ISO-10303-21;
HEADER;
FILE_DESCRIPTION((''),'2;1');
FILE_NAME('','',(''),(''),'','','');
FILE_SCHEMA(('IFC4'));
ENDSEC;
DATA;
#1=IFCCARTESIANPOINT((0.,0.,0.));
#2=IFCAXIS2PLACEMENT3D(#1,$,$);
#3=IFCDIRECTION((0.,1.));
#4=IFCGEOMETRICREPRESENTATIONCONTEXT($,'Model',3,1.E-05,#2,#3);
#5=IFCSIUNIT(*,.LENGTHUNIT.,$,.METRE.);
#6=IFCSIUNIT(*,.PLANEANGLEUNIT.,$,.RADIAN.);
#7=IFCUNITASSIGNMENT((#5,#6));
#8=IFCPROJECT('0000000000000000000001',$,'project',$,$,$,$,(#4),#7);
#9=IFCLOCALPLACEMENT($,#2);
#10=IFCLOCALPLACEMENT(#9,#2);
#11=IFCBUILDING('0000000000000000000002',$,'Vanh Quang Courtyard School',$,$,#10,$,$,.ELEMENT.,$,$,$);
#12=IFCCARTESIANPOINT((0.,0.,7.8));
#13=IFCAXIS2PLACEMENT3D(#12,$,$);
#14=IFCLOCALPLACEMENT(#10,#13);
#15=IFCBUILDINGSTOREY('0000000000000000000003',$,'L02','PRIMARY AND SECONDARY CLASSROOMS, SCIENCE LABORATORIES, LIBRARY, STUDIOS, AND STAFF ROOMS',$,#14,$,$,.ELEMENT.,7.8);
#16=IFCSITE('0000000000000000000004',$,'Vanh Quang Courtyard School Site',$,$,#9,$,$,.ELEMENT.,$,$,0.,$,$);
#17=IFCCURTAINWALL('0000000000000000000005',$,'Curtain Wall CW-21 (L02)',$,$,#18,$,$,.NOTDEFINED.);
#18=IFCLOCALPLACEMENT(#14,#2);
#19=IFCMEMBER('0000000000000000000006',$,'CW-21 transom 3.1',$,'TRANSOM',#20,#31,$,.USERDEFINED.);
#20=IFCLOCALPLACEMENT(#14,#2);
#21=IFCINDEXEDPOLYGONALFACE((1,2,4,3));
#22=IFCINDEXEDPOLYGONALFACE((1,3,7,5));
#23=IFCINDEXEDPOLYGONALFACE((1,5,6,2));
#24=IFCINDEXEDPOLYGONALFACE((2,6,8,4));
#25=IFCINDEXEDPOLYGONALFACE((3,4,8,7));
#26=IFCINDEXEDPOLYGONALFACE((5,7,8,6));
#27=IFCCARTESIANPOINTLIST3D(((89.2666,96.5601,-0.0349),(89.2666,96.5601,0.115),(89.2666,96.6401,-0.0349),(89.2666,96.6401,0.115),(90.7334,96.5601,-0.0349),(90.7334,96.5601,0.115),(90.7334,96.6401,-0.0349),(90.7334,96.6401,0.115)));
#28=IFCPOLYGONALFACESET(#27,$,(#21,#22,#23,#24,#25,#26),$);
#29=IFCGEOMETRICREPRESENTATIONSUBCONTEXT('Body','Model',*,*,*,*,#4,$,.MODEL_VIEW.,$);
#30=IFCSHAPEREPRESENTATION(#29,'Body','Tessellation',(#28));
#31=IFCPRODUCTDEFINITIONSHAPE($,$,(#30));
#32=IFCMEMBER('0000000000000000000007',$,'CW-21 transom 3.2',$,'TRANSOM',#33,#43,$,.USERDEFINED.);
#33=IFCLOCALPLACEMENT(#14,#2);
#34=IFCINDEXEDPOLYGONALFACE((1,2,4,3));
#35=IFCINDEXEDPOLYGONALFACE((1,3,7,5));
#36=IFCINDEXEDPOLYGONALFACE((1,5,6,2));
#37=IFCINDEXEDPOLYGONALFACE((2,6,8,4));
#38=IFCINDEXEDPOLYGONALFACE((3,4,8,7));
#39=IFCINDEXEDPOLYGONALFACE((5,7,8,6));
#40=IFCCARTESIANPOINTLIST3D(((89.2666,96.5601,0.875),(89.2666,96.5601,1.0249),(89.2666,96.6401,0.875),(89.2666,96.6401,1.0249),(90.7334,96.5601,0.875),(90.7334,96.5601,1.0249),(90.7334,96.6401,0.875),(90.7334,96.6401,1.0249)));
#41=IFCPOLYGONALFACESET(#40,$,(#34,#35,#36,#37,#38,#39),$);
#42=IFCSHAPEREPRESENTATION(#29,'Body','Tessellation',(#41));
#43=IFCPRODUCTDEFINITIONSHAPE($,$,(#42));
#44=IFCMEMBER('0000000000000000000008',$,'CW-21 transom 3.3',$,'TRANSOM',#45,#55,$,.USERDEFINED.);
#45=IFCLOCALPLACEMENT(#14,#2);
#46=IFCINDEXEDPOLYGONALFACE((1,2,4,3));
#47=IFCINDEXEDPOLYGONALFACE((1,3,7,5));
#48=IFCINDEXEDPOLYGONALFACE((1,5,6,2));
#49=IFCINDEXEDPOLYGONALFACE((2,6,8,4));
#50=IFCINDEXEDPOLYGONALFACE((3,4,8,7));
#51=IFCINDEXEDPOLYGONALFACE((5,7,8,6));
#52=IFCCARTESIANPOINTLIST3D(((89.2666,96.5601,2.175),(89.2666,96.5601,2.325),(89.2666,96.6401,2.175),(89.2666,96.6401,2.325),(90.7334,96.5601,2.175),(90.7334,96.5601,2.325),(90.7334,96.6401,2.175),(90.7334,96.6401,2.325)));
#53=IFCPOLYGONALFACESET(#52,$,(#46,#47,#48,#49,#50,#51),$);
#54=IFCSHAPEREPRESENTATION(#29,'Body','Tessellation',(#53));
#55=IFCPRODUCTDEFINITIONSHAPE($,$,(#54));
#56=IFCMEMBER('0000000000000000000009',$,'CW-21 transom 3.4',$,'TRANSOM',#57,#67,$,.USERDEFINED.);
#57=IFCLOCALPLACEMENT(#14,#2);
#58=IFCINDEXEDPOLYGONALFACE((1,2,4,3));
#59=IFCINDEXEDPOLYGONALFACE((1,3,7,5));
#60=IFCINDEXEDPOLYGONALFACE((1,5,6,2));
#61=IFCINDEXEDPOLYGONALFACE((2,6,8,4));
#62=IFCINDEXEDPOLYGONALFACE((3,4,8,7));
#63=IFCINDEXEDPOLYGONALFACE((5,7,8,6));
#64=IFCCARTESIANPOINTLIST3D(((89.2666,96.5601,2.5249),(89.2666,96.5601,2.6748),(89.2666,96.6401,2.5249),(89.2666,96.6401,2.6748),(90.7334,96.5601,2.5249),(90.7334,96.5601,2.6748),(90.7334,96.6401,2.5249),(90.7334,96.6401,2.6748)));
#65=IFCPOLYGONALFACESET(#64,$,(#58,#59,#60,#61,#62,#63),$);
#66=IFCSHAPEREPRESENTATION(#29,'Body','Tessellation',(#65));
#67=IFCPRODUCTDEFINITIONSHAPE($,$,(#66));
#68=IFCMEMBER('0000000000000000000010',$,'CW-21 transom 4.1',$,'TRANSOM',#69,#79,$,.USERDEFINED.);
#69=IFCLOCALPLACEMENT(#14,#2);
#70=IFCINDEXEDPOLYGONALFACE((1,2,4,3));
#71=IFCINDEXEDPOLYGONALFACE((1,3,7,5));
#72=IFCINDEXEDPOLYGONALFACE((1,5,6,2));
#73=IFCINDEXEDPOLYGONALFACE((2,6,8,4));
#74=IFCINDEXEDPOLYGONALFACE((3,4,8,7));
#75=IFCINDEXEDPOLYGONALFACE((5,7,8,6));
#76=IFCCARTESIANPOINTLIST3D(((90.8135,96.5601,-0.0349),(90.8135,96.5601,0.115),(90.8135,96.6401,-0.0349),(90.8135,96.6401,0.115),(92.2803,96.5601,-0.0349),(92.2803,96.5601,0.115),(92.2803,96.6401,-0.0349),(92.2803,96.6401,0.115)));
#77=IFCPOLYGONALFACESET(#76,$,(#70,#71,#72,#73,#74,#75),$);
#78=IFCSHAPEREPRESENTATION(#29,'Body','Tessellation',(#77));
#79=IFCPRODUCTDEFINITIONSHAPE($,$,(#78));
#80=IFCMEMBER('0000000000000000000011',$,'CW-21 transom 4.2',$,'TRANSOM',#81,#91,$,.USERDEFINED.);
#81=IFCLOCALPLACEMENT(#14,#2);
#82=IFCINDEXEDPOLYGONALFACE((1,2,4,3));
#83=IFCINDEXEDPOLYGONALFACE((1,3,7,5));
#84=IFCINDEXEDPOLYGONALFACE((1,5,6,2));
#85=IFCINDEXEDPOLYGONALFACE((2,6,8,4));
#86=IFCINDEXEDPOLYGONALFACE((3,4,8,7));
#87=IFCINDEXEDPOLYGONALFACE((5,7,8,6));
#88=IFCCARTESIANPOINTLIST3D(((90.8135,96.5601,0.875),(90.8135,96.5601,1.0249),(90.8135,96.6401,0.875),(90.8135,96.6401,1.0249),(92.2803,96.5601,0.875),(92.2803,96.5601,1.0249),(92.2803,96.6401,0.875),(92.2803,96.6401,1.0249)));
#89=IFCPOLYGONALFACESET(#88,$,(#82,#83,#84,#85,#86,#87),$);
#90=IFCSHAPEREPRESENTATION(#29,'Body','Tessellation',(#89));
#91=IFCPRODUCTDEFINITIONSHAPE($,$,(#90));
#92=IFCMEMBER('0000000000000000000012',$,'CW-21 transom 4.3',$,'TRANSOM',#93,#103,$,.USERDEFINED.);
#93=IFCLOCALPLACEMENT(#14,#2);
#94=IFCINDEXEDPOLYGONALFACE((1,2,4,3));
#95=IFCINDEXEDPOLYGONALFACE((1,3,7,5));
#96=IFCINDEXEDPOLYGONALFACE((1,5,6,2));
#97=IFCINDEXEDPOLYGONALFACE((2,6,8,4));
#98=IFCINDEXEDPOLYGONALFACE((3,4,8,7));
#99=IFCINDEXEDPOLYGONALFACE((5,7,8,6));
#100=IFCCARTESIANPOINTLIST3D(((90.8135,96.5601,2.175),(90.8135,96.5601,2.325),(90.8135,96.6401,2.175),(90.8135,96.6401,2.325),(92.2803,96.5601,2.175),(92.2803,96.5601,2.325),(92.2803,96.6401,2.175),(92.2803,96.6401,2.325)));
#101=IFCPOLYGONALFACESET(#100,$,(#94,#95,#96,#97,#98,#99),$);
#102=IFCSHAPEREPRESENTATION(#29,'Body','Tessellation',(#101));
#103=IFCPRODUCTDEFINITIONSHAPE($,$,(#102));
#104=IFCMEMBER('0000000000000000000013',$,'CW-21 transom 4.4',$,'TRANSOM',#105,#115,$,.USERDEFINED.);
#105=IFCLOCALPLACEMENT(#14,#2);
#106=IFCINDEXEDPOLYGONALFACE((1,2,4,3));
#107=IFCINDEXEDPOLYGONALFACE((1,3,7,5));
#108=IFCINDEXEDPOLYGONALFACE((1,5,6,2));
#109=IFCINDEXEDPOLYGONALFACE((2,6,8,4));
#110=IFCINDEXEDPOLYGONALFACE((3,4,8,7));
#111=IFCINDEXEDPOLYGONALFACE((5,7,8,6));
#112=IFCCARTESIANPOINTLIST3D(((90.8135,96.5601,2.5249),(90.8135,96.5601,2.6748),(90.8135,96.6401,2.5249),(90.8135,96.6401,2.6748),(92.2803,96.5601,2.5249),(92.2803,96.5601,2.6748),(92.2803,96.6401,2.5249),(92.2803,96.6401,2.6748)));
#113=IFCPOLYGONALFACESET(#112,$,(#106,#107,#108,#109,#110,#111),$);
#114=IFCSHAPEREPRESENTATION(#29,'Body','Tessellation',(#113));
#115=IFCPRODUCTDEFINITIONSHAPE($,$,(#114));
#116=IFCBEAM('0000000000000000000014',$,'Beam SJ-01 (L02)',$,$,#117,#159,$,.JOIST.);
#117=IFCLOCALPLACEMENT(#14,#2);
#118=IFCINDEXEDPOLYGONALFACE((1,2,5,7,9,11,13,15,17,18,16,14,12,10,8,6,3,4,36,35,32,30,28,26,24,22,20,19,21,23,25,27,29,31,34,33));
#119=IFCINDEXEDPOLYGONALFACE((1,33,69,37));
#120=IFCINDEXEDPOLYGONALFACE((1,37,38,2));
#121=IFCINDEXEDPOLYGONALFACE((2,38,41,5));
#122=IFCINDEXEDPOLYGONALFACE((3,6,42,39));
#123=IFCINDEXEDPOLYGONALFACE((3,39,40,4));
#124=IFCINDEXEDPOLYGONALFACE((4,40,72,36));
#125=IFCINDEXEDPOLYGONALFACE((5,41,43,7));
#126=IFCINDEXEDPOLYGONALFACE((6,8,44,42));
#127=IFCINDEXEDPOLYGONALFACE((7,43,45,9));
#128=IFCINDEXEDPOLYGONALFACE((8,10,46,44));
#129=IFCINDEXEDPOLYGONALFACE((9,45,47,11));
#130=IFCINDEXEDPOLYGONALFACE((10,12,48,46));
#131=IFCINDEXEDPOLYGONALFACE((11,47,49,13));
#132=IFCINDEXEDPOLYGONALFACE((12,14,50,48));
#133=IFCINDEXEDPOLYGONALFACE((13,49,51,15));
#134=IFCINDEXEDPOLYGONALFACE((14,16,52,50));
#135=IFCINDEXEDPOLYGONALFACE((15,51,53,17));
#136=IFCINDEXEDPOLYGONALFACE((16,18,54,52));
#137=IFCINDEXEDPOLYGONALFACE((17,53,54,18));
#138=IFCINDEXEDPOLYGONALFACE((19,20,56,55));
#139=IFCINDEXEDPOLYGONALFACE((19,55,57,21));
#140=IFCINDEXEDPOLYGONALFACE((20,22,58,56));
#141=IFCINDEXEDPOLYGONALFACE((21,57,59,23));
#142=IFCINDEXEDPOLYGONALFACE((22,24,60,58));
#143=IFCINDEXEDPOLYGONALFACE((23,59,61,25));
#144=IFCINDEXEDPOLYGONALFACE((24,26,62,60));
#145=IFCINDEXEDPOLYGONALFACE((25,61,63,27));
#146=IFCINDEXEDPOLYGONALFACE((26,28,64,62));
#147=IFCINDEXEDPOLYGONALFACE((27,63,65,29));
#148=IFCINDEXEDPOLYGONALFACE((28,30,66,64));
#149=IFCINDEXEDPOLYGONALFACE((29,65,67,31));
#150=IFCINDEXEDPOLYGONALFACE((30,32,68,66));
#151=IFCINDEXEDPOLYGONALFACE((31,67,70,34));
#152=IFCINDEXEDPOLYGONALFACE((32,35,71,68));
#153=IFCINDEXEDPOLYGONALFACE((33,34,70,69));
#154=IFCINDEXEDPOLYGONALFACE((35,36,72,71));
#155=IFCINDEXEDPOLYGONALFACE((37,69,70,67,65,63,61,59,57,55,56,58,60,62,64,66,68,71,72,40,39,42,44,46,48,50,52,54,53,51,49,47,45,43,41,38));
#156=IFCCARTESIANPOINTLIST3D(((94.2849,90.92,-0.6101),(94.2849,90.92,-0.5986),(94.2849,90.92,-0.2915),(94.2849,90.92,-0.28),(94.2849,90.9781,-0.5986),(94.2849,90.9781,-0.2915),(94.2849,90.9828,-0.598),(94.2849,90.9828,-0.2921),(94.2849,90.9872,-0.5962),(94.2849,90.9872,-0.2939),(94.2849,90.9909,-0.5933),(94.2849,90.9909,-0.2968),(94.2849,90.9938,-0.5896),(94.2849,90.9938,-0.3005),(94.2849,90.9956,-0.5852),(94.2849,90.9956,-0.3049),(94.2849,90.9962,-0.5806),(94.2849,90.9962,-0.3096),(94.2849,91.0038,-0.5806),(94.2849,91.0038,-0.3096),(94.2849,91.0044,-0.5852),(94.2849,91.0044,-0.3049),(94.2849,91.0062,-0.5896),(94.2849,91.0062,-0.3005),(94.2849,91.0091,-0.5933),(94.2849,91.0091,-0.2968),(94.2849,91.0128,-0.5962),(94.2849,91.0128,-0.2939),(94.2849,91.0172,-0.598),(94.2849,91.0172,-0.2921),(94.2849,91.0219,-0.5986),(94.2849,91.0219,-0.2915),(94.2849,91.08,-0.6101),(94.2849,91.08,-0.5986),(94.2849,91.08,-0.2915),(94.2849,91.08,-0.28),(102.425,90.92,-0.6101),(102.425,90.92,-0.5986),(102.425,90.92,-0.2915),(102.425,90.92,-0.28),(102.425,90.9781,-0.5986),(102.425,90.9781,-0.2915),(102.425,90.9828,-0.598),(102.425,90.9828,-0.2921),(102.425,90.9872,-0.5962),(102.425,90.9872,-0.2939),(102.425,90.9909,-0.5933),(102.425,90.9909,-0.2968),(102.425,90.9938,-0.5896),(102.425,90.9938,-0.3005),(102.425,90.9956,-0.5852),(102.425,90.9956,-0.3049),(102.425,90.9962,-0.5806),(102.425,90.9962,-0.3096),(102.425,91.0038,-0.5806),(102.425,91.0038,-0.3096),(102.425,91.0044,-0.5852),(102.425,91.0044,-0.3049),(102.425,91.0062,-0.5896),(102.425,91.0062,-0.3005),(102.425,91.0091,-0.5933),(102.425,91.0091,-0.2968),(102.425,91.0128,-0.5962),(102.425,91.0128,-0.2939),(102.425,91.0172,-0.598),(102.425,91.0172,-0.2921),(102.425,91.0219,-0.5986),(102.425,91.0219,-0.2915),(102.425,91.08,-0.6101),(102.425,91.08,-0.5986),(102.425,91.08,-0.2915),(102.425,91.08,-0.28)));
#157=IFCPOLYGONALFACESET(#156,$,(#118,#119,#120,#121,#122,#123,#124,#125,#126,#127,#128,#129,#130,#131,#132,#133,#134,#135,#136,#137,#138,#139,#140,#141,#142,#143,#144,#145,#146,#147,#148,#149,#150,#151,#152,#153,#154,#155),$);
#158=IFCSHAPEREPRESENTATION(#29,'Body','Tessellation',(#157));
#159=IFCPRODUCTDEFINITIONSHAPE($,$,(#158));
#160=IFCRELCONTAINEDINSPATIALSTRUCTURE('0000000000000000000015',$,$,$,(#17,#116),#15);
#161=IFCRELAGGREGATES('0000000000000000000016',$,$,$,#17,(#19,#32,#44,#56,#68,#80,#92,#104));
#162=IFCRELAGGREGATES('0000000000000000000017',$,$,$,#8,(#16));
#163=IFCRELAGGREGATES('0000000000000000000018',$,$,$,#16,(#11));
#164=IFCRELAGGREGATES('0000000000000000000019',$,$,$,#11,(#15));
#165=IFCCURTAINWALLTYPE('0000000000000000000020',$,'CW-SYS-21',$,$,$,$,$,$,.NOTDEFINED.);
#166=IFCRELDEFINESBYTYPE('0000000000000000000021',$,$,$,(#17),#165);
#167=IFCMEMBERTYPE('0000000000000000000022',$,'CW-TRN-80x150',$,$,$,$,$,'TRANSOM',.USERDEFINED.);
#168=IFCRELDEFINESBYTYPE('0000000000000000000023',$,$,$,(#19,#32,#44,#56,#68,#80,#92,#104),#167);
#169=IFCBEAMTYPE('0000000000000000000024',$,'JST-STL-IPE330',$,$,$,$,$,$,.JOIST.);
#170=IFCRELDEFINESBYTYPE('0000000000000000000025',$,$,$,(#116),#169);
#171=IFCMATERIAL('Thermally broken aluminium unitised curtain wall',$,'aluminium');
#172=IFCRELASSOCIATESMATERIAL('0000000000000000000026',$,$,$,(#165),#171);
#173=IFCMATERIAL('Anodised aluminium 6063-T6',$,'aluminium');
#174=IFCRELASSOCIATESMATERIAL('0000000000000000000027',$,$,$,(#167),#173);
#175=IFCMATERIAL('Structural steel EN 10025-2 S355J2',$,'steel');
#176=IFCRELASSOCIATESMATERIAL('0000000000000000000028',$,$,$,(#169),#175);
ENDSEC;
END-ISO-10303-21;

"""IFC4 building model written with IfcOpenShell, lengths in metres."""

from ifc_helpers import new_model, si_unit, direction, frame, origin, origin_2d, place, context, subcontext, project, spatial, rectangle, i_section, extrude, material, material_profile, profile_set, type_object, element, aggregate, save


model = new_model("IFC4")

# Units and contexts
model_context = context("Model", 3, precision=1e-05, world=origin(), true_north=direction((0.0, 1.0)))
body_context = subcontext(model_context, "Body", "Model", "MODEL_VIEW")
ifc_project = project(units=[si_unit("LENGTHUNIT", "METRE"), si_unit("PLANEANGLEUNIT", "RADIAN")], contexts=[model_context])

# Site, building, storey
site_placement = place(None, origin())
site = spatial("IfcSite", under=ifc_project, at=site_placement, Name="Vanh Quang Courtyard School Site", CompositionType="ELEMENT", RefElevation=0.0)
building_placement = place(site_placement, origin())
building = spatial("IfcBuilding", under=site, at=building_placement, Name="Vanh Quang Courtyard School", CompositionType="ELEMENT")
storey_placement = place(building_placement, frame((0.0, 0.0, 7.8)))
storey = spatial("IfcBuildingStorey", under=building, at=storey_placement, Name="L02", Description="PRIMARY AND SECONDARY CLASSROOMS, SCIENCE LABORATORIES, LIBRARY, STUDIOS, AND STAFF ROOMS", CompositionType="ELEMENT", Elevation=7.8)

# Shared definitions
ifc_material_1 = material(Name="Structural steel EN 10025-2 S355J2", Category="steel")

# Curtain wall, members
ifc_material_2 = material(Name="Thermally broken aluminium unitised curtain wall", Category="aluminium")
curtain_wall_type = type_object("IfcCurtainWallType", Name="CW-SYS-21", PredefinedType="NOTDEFINED", material=ifc_material_2)
curtain_wall_placement = place(storey_placement, origin())
curtain_wall = element("IfcCurtainWall", 1, at=curtain_wall_placement, inside=storey, type_object=curtain_wall_type, Name="Curtain Wall CW-21 (L02)", PredefinedType="NOTDEFINED")
ifc_material_3 = material(Name="Anodised aluminium 6063-T6", Category="aluminium")
ifc_material_profile_1 = material_profile(ifc_material_3, rectangle(XDim=0.0801, YDim=0.1499, at=origin_2d()), Name="ALU-TRN 80x150")
ifc_profile_set_1 = profile_set([ifc_material_profile_1], Name="Anodised aluminium 6063-T6")
member_type_1 = type_object("IfcMemberType", Name="CW-TRN-80x150", ElementType="TRANSOM", PredefinedType="USERDEFINED", material=ifc_profile_set_1)
member_1_placement = place(storey_placement, frame((89.2666, 96.6001, 0.04), z_axis=(1.0, 0.0, 0.0), x_axis=(0.0, 1.0, 0.0)))
member_1 = element("IfcMember", 2, at=member_1_placement, type_object=member_type_1, Name="CW-21 transom 3.1", ObjectType="TRANSOM", PredefinedType="USERDEFINED", context=body_context, shape_type="SweptSolid", body=[
    extrude(rectangle(XDim=0.0801, YDim=0.1499, at=origin_2d()), origin(), (0.0, 0.0, 1.0), 1.4668),
])
member_2_placement = place(storey_placement, frame((89.2666, 96.6001, 0.95), z_axis=(1.0, 0.0, 0.0), x_axis=(0.0, 1.0, 0.0)))
member_2 = element("IfcMember", 3, at=member_2_placement, type_object=member_type_1, Name="CW-21 transom 3.2", ObjectType="TRANSOM", PredefinedType="USERDEFINED", context=body_context, shape_type="SweptSolid", body=[
    extrude(rectangle(XDim=0.0801, YDim=0.1499, at=origin_2d()), origin(), (0.0, 0.0, 1.0), 1.4668),
])
member_3_placement = place(storey_placement, frame((89.2666, 96.6001, 2.25), z_axis=(1.0, 0.0, 0.0), x_axis=(0.0, 1.0, 0.0)))
member_3 = element("IfcMember", 4, at=member_3_placement, type_object=member_type_1, Name="CW-21 transom 3.3", ObjectType="TRANSOM", PredefinedType="USERDEFINED", context=body_context, shape_type="SweptSolid", body=[
    extrude(rectangle(XDim=0.0801, YDim=0.1499, at=origin_2d()), origin(), (0.0, 0.0, 1.0), 1.4668),
])
member_4_placement = place(storey_placement, frame((89.2666, 96.6001, 2.5999), z_axis=(1.0, 0.0, 0.0), x_axis=(0.0, 1.0, 0.0)))
member_4 = element("IfcMember", 5, at=member_4_placement, type_object=member_type_1, Name="CW-21 transom 3.4", ObjectType="TRANSOM", PredefinedType="USERDEFINED", context=body_context, shape_type="SweptSolid", body=[
    extrude(rectangle(XDim=0.0801, YDim=0.1499, at=origin_2d()), origin(), (0.0, 0.0, 1.0), 1.4668),
])
member_5_placement = place(storey_placement, frame((90.8135, 96.6001, 0.04), z_axis=(1.0, 0.0, 0.0), x_axis=(0.0, 1.0, 0.0)))
member_5 = element("IfcMember", 6, at=member_5_placement, type_object=member_type_1, Name="CW-21 transom 4.1", ObjectType="TRANSOM", PredefinedType="USERDEFINED", context=body_context, shape_type="SweptSolid", body=[
    extrude(rectangle(XDim=0.0801, YDim=0.1499, at=origin_2d()), origin(), (0.0, 0.0, 1.0), 1.4668),
])
member_6_placement = place(storey_placement, frame((90.8135, 96.6001, 0.95), z_axis=(1.0, 0.0, 0.0), x_axis=(0.0, 1.0, 0.0)))
member_6 = element("IfcMember", 7, at=member_6_placement, type_object=member_type_1, Name="CW-21 transom 4.2", ObjectType="TRANSOM", PredefinedType="USERDEFINED", context=body_context, shape_type="SweptSolid", body=[
    extrude(rectangle(XDim=0.0801, YDim=0.1499, at=origin_2d()), origin(), (0.0, 0.0, 1.0), 1.4668),
])
member_7_placement = place(storey_placement, frame((90.8135, 96.6001, 2.25), z_axis=(1.0, 0.0, 0.0), x_axis=(0.0, 1.0, 0.0)))
member_7 = element("IfcMember", 8, at=member_7_placement, type_object=member_type_1, Name="CW-21 transom 4.3", ObjectType="TRANSOM", PredefinedType="USERDEFINED", context=body_context, shape_type="SweptSolid", body=[
    extrude(rectangle(XDim=0.0801, YDim=0.1499, at=origin_2d()), origin(), (0.0, 0.0, 1.0), 1.4668),
])
member_8_placement = place(storey_placement, frame((90.8135, 96.6001, 2.5999), z_axis=(1.0, 0.0, 0.0), x_axis=(0.0, 1.0, 0.0)))
member_8 = element("IfcMember", 9, at=member_8_placement, type_object=member_type_1, Name="CW-21 transom 4.4", ObjectType="TRANSOM", PredefinedType="USERDEFINED", context=body_context, shape_type="SweptSolid", body=[
    extrude(rectangle(XDim=0.0801, YDim=0.1499, at=origin_2d()), origin(), (0.0, 0.0, 1.0), 1.4668),
])

# Beam
ifc_material_profile_2 = material_profile(ifc_material_1, i_section(OverallWidth=0.1599, OverallDepth=0.3301, WebThickness=0.0076, FlangeThickness=0.0115, FilletRadius=0.0181, at=origin_2d()), Name="IPE 330")
ifc_profile_set_2 = profile_set([ifc_material_profile_2], Name="Structural steel EN 10025-2 S355J2")
beam_type_1 = type_object("IfcBeamType", Name="JST-STL-IPE330", PredefinedType="JOIST", material=ifc_profile_set_2)
for number, where, z_axis, x_axis, name in (
    (10, (94.2849, 91.0, -0.4451), (1.0, 0.0, 0.0), (0.0, 1.0, 0.0), "Beam SJ-01 (L02)"),
):
    element("IfcBeam", number, at=place(storey_placement, frame(where, z_axis=z_axis, x_axis=x_axis)), inside=storey, type_object=beam_type_1, Name=name, PredefinedType="JOIST", context=body_context, shape_type="SweptSolid", body=[
        extrude(i_section(OverallWidth=0.1599, OverallDepth=0.3301, WebThickness=0.0076, FlangeThickness=0.0115, FilletRadius=0.0181, at=origin_2d()), origin(), (0.0, 0.0, 1.0), 8.1401),
    ])

aggregate(curtain_wall, [member_1, member_2, member_3, member_4, member_5, member_6, member_7, member_8])

save(model, "model.ifc")
